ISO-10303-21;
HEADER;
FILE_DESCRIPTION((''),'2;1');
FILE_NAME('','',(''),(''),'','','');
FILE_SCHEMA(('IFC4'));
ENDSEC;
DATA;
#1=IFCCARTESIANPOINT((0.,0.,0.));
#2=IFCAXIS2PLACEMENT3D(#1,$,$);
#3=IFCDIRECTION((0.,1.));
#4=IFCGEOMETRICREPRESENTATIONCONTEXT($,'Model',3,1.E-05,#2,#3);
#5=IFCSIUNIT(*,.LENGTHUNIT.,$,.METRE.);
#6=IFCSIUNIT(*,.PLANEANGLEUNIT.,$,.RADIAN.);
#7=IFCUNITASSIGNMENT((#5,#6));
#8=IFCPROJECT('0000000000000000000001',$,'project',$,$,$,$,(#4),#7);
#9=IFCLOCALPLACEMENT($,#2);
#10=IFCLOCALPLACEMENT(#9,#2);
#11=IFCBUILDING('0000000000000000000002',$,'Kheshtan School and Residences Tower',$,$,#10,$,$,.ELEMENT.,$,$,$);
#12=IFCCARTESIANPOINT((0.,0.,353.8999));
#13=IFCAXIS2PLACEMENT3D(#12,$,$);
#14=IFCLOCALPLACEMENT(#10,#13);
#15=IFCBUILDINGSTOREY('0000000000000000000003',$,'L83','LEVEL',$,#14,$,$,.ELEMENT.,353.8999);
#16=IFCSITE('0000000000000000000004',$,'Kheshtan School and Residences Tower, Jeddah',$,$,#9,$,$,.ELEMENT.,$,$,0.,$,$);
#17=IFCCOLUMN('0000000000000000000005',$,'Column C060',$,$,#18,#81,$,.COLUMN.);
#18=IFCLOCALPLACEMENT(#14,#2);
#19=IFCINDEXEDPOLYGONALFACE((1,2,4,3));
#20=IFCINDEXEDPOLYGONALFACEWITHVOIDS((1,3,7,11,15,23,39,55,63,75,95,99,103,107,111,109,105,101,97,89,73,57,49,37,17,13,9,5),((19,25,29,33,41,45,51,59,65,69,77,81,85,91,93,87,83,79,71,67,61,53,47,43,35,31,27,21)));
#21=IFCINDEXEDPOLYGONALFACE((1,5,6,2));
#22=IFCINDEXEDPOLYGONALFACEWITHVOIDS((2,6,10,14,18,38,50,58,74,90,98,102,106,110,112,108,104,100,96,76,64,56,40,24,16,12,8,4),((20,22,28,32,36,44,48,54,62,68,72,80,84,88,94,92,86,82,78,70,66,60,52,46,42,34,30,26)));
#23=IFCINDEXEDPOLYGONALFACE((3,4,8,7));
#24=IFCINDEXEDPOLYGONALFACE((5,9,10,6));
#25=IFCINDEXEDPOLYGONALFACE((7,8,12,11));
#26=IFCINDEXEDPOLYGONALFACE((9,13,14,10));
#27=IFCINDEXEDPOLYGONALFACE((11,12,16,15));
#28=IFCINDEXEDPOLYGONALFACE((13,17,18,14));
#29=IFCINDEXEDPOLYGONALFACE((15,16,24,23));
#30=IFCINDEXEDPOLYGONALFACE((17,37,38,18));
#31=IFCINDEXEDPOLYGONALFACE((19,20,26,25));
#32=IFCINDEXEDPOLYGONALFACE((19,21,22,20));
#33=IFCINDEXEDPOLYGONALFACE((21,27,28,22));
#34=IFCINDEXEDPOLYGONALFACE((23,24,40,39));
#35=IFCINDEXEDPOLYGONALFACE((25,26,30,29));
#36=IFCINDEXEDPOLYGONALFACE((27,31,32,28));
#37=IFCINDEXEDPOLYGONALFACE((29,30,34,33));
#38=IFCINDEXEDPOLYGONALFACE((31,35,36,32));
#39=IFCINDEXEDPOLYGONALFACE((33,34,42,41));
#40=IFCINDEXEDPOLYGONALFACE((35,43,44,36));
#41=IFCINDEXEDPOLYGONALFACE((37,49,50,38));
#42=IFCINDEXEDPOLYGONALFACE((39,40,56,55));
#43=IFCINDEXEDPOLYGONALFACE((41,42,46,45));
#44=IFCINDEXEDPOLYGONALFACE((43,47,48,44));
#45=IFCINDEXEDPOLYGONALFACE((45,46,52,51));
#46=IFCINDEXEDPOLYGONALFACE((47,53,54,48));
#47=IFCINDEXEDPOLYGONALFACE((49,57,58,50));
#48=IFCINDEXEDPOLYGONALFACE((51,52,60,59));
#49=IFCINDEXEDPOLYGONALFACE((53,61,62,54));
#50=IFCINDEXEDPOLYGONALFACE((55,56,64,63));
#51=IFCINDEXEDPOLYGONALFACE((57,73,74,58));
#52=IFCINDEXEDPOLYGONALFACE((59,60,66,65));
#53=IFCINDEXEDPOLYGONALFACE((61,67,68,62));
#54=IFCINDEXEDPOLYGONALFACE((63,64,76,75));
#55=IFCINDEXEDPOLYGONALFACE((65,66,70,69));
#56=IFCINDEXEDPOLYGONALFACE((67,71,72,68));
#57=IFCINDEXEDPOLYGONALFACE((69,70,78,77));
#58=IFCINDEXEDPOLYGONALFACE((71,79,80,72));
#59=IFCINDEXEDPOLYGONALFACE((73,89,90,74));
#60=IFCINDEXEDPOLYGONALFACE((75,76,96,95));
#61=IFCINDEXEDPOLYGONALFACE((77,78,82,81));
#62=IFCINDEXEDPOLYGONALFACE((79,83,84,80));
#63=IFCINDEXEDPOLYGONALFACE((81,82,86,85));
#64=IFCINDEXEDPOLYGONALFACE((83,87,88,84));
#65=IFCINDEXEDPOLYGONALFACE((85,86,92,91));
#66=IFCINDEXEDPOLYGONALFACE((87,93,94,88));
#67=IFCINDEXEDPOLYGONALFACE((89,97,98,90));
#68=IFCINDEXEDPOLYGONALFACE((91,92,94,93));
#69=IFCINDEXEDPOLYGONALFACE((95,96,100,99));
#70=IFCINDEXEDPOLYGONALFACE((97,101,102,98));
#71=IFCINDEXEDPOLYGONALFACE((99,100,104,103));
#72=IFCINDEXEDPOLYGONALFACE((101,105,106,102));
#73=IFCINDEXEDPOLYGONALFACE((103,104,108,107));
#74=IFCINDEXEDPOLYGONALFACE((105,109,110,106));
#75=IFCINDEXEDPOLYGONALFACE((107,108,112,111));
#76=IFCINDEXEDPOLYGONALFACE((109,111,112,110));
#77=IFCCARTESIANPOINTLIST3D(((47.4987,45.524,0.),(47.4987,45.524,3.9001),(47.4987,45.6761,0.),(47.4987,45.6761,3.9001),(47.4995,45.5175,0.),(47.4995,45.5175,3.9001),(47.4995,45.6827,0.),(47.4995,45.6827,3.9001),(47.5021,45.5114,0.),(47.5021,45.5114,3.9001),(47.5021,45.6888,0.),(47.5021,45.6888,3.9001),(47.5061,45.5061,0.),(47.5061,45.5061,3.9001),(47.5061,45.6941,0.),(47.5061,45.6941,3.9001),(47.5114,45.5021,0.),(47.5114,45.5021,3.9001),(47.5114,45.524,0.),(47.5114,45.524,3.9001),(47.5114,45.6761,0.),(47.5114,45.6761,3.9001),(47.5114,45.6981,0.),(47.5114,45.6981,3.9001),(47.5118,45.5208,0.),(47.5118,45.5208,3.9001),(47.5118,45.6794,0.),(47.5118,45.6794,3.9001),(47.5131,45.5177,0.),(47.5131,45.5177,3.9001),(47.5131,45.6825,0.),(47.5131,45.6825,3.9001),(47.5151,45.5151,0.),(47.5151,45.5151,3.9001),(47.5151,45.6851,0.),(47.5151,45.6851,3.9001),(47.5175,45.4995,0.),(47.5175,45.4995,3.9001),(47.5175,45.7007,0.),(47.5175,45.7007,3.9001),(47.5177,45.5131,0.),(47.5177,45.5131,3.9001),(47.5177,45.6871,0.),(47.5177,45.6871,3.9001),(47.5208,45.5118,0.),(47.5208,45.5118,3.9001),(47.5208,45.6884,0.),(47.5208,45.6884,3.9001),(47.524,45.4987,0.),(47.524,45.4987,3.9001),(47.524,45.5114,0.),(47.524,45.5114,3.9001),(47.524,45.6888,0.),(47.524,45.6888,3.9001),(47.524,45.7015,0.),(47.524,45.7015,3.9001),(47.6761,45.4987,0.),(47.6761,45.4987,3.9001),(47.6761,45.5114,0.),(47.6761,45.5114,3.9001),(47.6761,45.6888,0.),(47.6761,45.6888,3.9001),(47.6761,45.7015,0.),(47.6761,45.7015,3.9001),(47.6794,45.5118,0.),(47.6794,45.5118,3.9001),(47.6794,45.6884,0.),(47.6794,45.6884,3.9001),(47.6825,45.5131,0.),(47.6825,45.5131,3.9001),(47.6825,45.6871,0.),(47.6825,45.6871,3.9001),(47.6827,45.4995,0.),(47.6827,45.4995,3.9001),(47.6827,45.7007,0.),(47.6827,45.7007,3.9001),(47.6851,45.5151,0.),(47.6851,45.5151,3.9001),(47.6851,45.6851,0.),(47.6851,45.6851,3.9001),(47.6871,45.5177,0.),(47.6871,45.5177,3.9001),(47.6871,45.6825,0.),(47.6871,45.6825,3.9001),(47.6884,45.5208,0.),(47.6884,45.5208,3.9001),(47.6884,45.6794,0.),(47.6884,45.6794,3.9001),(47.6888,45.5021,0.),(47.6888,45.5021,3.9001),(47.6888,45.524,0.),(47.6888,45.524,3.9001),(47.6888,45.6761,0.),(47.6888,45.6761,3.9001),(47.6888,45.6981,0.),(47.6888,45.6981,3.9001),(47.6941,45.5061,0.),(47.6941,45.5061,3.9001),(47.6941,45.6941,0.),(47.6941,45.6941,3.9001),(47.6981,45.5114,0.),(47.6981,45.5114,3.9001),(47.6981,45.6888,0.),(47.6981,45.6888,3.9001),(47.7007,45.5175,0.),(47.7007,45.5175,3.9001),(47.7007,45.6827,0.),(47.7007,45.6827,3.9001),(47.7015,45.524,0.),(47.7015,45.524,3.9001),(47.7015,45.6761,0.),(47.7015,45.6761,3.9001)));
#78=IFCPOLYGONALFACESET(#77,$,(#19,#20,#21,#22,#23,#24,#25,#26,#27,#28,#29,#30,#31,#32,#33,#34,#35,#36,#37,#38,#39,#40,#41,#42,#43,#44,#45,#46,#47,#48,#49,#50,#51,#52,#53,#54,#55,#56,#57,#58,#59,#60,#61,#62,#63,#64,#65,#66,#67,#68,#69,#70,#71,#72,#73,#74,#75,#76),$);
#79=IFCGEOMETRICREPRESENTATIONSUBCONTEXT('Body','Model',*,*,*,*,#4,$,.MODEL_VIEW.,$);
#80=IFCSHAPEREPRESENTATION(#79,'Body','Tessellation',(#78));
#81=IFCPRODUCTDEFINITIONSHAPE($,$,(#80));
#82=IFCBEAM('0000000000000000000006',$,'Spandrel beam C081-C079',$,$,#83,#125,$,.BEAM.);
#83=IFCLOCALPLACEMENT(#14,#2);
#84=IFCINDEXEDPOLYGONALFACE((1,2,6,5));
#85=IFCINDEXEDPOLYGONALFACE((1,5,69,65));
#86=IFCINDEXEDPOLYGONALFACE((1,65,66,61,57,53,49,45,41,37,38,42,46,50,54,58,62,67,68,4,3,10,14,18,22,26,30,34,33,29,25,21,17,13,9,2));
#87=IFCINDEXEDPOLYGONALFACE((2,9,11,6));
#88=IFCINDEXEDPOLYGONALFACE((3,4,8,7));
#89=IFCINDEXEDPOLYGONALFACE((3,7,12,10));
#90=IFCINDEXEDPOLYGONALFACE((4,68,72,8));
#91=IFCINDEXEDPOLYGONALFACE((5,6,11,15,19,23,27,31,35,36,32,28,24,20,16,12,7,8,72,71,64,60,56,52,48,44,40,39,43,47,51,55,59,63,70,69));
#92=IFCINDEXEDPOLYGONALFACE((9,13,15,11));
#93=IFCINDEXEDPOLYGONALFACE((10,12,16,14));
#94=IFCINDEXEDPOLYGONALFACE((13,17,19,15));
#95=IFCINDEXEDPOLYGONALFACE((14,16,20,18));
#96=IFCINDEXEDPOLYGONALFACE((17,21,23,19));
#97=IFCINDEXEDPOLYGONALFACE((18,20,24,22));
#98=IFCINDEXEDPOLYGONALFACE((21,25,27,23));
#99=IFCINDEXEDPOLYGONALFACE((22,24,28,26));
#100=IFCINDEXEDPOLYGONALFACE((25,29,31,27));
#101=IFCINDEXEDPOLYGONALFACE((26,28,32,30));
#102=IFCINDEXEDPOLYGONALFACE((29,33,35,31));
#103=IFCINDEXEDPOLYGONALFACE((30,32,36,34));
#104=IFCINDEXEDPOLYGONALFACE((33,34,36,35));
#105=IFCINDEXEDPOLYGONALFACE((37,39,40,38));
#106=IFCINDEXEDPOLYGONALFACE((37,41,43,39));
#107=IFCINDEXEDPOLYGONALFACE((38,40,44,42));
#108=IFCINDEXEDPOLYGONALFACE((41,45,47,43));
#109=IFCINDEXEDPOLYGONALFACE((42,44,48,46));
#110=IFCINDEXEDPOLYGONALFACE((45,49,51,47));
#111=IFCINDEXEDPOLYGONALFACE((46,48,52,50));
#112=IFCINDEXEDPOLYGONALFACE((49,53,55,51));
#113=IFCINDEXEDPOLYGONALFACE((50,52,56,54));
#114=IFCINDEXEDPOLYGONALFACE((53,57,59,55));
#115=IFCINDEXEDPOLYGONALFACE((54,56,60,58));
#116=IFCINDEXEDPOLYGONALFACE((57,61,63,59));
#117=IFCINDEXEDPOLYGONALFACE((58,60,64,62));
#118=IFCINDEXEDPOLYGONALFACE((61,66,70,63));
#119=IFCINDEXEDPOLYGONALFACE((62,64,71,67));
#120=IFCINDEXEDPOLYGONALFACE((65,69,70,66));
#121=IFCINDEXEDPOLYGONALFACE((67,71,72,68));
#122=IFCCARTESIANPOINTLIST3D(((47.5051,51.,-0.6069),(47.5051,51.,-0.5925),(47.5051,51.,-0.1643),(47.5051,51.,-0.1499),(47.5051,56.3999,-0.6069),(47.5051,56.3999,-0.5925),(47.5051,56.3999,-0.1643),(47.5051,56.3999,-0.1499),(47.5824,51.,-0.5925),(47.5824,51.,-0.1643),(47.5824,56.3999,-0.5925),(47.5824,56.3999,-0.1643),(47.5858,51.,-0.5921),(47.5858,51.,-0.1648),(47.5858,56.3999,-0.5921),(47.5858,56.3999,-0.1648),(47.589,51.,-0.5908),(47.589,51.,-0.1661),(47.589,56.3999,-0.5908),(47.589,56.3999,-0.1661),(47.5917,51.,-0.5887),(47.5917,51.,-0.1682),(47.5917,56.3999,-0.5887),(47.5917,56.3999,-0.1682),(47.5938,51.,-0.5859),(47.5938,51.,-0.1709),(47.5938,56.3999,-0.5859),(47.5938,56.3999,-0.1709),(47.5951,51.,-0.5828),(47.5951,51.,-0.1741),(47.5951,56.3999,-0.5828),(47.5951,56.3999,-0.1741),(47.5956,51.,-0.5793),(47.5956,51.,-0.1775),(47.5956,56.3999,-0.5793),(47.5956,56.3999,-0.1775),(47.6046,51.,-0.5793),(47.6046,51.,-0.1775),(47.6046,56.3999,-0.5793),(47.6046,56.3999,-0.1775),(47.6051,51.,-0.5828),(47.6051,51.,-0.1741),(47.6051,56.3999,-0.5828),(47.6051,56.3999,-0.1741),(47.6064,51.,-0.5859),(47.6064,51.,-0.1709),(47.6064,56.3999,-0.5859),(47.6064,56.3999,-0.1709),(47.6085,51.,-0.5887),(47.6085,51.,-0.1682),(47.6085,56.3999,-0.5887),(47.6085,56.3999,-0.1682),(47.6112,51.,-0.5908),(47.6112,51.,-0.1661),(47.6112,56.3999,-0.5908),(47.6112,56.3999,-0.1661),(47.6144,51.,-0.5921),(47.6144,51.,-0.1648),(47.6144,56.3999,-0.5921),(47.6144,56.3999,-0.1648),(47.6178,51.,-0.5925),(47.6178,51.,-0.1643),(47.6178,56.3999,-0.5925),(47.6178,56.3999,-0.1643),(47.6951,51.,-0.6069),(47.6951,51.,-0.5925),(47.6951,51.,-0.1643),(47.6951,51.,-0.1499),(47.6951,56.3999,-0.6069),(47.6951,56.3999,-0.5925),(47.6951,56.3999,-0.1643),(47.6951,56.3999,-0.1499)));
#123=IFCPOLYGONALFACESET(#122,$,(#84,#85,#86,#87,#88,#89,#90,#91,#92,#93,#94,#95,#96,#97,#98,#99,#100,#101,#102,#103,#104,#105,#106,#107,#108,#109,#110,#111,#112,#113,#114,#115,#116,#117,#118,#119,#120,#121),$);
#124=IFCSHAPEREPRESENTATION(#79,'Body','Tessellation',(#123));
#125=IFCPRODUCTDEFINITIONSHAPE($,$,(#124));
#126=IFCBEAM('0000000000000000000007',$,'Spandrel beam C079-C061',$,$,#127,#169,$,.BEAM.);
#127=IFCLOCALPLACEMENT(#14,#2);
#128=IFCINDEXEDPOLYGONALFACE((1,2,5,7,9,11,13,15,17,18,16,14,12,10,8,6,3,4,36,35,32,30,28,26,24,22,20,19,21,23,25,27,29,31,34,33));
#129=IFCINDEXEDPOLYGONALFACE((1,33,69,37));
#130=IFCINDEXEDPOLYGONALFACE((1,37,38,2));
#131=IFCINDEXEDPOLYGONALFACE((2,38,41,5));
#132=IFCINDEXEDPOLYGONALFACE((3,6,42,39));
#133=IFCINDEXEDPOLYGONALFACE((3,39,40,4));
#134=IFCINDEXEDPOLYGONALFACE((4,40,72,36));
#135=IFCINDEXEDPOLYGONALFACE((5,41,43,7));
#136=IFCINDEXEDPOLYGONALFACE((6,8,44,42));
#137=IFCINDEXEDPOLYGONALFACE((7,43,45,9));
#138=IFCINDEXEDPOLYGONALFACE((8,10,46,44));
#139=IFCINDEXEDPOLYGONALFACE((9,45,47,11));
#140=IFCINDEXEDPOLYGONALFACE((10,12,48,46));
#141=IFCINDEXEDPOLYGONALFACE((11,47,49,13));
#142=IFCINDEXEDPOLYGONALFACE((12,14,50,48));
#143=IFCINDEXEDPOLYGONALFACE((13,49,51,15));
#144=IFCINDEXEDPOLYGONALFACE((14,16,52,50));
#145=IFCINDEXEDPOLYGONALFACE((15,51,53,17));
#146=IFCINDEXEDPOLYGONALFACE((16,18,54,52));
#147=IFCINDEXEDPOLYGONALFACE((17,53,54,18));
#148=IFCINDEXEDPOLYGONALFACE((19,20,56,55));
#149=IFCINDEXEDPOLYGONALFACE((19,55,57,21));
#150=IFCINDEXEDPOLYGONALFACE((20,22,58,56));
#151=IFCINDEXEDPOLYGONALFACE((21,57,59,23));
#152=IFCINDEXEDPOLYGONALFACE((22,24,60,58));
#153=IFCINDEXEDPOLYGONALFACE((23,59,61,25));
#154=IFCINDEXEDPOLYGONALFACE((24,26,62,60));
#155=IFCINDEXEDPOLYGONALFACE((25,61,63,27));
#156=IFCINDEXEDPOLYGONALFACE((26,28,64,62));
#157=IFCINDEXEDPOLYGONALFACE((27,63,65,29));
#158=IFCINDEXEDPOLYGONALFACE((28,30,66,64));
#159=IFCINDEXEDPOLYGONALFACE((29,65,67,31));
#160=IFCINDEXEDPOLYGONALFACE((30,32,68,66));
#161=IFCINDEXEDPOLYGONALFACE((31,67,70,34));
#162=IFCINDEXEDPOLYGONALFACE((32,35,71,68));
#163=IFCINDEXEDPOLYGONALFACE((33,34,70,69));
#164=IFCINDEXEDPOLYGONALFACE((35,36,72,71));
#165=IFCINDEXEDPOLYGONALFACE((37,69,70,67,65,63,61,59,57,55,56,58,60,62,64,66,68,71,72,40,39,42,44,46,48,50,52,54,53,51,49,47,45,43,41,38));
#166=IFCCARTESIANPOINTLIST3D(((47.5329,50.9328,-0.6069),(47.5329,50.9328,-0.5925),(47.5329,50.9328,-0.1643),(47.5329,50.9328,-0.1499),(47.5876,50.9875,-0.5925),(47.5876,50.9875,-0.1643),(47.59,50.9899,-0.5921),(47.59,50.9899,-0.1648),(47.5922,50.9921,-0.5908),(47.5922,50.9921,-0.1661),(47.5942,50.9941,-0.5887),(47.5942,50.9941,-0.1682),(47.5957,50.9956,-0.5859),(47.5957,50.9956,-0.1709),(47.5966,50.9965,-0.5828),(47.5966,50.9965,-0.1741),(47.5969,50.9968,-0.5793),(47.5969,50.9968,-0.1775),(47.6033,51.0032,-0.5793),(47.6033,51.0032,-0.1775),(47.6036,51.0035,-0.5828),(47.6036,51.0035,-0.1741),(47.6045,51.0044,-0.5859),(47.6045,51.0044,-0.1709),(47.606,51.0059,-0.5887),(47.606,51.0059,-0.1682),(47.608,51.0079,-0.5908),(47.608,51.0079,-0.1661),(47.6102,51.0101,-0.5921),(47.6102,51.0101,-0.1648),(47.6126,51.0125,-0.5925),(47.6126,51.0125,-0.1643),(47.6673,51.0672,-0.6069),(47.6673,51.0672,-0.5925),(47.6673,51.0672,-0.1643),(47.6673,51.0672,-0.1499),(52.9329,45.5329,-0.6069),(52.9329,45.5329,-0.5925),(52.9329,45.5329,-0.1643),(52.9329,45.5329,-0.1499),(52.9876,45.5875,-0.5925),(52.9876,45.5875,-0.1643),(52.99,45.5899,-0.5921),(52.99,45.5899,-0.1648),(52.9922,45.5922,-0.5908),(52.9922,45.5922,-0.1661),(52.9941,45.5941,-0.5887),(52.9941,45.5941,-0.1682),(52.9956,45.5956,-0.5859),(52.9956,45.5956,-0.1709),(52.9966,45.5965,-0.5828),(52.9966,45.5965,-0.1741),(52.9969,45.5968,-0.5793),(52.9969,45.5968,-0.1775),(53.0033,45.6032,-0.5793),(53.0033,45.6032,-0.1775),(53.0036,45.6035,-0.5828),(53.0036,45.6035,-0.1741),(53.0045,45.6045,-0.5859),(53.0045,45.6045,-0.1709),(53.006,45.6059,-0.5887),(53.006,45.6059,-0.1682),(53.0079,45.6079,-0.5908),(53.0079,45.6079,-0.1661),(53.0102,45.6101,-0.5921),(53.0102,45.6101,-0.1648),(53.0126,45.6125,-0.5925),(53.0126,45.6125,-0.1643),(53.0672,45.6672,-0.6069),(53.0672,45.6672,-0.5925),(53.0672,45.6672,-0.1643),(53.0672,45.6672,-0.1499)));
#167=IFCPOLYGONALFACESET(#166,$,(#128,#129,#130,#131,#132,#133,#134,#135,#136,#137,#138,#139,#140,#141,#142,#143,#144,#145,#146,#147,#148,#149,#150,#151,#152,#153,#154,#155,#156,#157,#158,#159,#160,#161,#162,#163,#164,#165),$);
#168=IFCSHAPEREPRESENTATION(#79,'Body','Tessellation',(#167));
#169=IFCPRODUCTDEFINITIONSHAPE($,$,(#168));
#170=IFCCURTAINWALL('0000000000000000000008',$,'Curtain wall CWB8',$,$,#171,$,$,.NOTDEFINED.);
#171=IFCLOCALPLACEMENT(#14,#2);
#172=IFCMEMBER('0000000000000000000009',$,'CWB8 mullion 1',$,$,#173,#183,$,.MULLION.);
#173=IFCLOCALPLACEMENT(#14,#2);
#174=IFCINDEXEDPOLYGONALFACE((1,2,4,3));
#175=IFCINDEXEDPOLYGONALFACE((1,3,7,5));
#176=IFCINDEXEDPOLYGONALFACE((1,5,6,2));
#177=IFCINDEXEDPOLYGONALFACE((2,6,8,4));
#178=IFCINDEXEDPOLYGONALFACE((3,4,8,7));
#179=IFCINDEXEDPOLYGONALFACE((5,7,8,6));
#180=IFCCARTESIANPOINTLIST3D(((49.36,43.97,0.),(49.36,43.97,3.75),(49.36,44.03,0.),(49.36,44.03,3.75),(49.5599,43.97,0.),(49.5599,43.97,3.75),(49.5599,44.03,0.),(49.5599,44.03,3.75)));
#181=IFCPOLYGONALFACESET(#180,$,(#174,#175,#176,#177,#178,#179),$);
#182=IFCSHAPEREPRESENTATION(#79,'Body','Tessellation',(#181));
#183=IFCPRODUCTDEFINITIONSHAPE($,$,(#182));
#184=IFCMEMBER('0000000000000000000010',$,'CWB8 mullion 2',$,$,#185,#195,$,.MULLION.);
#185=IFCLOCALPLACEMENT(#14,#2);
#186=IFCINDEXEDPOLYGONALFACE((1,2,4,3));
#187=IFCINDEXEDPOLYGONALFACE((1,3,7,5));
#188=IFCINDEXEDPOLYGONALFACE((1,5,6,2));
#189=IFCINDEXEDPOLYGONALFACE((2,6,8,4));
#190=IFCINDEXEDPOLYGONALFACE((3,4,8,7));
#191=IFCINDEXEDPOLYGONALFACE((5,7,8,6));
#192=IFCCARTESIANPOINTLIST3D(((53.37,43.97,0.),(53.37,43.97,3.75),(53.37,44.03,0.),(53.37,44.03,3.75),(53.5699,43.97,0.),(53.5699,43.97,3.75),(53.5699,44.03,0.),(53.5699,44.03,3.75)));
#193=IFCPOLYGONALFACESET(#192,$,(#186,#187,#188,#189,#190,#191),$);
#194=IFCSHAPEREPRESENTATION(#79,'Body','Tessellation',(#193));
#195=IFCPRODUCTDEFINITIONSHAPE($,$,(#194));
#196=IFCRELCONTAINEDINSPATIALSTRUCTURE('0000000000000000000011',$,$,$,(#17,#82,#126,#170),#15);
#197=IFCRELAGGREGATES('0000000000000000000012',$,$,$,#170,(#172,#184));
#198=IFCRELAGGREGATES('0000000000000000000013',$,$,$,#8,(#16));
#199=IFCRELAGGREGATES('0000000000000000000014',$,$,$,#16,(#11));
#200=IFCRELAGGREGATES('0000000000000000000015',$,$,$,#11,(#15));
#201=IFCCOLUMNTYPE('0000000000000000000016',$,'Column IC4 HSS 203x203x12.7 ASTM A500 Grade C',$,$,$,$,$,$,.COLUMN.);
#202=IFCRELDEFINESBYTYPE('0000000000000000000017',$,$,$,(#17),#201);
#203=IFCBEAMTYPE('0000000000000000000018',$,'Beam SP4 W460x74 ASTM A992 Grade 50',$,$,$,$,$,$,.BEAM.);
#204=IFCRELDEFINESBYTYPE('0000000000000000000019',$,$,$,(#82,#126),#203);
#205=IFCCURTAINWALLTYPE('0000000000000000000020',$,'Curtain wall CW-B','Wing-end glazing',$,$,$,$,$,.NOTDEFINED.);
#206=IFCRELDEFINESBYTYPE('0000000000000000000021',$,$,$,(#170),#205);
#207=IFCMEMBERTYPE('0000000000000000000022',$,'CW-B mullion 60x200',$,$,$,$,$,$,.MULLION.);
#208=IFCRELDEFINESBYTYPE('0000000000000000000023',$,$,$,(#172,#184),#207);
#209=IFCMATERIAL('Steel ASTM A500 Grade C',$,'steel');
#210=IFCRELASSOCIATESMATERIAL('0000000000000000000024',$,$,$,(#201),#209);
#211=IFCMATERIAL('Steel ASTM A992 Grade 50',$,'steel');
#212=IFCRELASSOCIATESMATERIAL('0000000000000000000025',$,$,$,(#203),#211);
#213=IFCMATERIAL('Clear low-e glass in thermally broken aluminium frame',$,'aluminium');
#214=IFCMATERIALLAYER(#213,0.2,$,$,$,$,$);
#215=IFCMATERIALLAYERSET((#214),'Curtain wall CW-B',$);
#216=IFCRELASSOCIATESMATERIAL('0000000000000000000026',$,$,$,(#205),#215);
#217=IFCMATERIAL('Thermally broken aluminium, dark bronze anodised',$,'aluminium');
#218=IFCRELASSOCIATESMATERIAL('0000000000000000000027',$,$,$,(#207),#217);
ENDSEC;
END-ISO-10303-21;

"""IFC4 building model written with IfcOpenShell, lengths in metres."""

from ifc_helpers import new_model, si_unit, direction, frame, origin, origin_2d, place, context, subcontext, project, spatial, rectangle, hollow_rectangle, i_section, extrude, material, layer, layer_set, material_profile, profile_set, type_object, element, aggregate, save


model = new_model("IFC4")

# Units and contexts
model_context = context("Model", 3, precision=1e-05, world=origin(), true_north=direction((0.0, 1.0)))
body_context = subcontext(model_context, "Body", "Model", "MODEL_VIEW")
ifc_project = project(units=[si_unit("LENGTHUNIT", "METRE"), si_unit("PLANEANGLEUNIT", "RADIAN")], contexts=[model_context])

# Site, building, storey
site_placement = place(None, origin())
site = spatial("IfcSite", under=ifc_project, at=site_placement, Name="Kheshtan School and Residences Tower, Jeddah", CompositionType="ELEMENT", RefElevation=0.0)
building_placement = place(site_placement, origin())
building = spatial("IfcBuilding", under=site, at=building_placement, Name="Kheshtan School and Residences Tower", CompositionType="ELEMENT")
storey_placement = place(building_placement, frame((0.0, 0.0, 353.8999)))
storey = spatial("IfcBuildingStorey", under=building, at=storey_placement, Name="L83", Description="LEVEL", CompositionType="ELEMENT", Elevation=353.8999)

# Column
ifc_material_1 = material(Name="Steel ASTM A992 Grade 50", Category="steel")
ifc_material_2 = material(Name="Steel ASTM A500 Grade C", Category="steel")
ifc_material_profile_1 = material_profile(ifc_material_2, hollow_rectangle(XDim=0.2029, YDim=0.2029, WallThickness=0.0127, InnerFilletRadius=0.0127, OuterFilletRadius=0.0254, at=origin_2d()), Name="HSS 203x203x12.7")
ifc_profile_set_1 = profile_set([ifc_material_profile_1], Name="Steel ASTM A500 Grade C")
column_type_1 = type_object("IfcColumnType", Name="Column IC4 HSS 203x203x12.7 ASTM A500 Grade C", PredefinedType="COLUMN", material=ifc_profile_set_1)
column_placement = place(storey_placement, frame((47.6001, 45.6001, 0.0), z_axis=(0.0, 0.0, 1.0), x_axis=(1.0, 0.0, 0.0)))
element("IfcColumn", 1, at=column_placement, inside=storey, type_object=column_type_1, Name="Column C060", PredefinedType="COLUMN", context=body_context, shape_type="SweptSolid", body=[
    extrude(hollow_rectangle(XDim=0.2029, YDim=0.2029, WallThickness=0.0127, InnerFilletRadius=0.0127, OuterFilletRadius=0.0254, at=origin_2d()), origin(), (0.0, 0.0, 1.0), 3.9001),
])

# Beams
ifc_material_profile_2 = material_profile(ifc_material_1, i_section(OverallWidth=0.1899, OverallDepth=0.457, WebThickness=0.009, FlangeThickness=0.0144, FilletRadius=0.0132, at=origin_2d()), Name="W460x74")
ifc_profile_set_2 = profile_set([ifc_material_profile_2], Name="Steel ASTM A992 Grade 50")
beam_type_1 = type_object("IfcBeamType", Name="Beam SP4 W460x74 ASTM A992 Grade 50", PredefinedType="BEAM", material=ifc_profile_set_2)
beam_1_placement = place(storey_placement, frame((47.6001, 56.3999, -0.3784), z_axis=(0.0, -1.0, 0.0), x_axis=(1.0, 0.0, 0.0)))
element("IfcBeam", 2, at=beam_1_placement, inside=storey, type_object=beam_type_1, Name="Spandrel beam C081-C079", PredefinedType="BEAM", context=body_context, shape_type="SweptSolid", body=[
    extrude(i_section(OverallWidth=0.1899, OverallDepth=0.457, WebThickness=0.009, FlangeThickness=0.0144, FilletRadius=0.0132, at=origin_2d()), origin(), (0.0, 0.0, 1.0), 5.3999),
])
beam_2_placement = place(storey_placement, frame((47.6001, 51.0, -0.3784), z_axis=(0.707107, -0.707107, 0.0), x_axis=(0.707107, 0.707107, 0.0)))
element("IfcBeam", 3, at=beam_2_placement, inside=storey, type_object=beam_type_1, Name="Spandrel beam C079-C061", PredefinedType="BEAM", context=body_context, shape_type="SweptSolid", body=[
    extrude(i_section(OverallWidth=0.1899, OverallDepth=0.457, WebThickness=0.009, FlangeThickness=0.0144, FilletRadius=0.0132, at=origin_2d()), origin(), (0.0, 0.0, 1.0), 7.6367),
])

# Curtain wall, members
ifc_material_3 = material(Name="Clear low-e glass in thermally broken aluminium frame", Category="aluminium")
ifc_layer_1 = layer(ifc_material_3, 0.2)
ifc_layer_set_1 = layer_set([ifc_layer_1], Name="Curtain wall CW-B")
curtain_wall_type_1 = type_object("IfcCurtainWallType", Name="Curtain wall CW-B", Description="Wing-end glazing", PredefinedType="NOTDEFINED", material=ifc_layer_set_1)
curtain_wall_1_placement = place(storey_placement, origin())
curtain_wall_1 = element("IfcCurtainWall", 4, at=curtain_wall_1_placement, inside=storey, type_object=curtain_wall_type_1, Name="Curtain wall CWB8", PredefinedType="NOTDEFINED")
ifc_material_4 = material(Name="Thermally broken aluminium, dark bronze anodised", Category="aluminium")
ifc_material_profile_3 = material_profile(ifc_material_4, rectangle(XDim=0.0601, YDim=0.2, at=origin_2d()), Name="CW-B mullion 60x200")
ifc_profile_set_3 = profile_set([ifc_material_profile_3], Name="Thermally broken aluminium, dark bronze anodised")
member_type_1 = type_object("IfcMemberType", Name="CW-B mullion 60x200", PredefinedType="MULLION", material=ifc_profile_set_3)
member_1_placement = place(storey_placement, frame((49.46, 44.0, 0.0), z_axis=(0.0, 0.0, 1.0), x_axis=(0.0, 1.0, 0.0)))
member_1 = element("IfcMember", 5, at=member_1_placement, type_object=member_type_1, Name="CWB8 mullion 1", PredefinedType="MULLION", context=body_context, shape_type="SweptSolid", body=[
    extrude(rectangle(XDim=0.0601, YDim=0.2, at=origin_2d()), origin(), (0.0, 0.0, 1.0), 3.75),
])
member_2_placement = place(storey_placement, frame((53.47, 44.0, 0.0), z_axis=(0.0, 0.0, 1.0), x_axis=(0.0, 1.0, 0.0)))
member_2 = element("IfcMember", 6, at=member_2_placement, type_object=member_type_1, Name="CWB8 mullion 2", PredefinedType="MULLION", context=body_context, shape_type="SweptSolid", body=[
    extrude(rectangle(XDim=0.0601, YDim=0.2, at=origin_2d()), origin(), (0.0, 0.0, 1.0), 3.75),
])

aggregate(curtain_wall_1, [member_1, member_2])

save(model, "model.ifc")
